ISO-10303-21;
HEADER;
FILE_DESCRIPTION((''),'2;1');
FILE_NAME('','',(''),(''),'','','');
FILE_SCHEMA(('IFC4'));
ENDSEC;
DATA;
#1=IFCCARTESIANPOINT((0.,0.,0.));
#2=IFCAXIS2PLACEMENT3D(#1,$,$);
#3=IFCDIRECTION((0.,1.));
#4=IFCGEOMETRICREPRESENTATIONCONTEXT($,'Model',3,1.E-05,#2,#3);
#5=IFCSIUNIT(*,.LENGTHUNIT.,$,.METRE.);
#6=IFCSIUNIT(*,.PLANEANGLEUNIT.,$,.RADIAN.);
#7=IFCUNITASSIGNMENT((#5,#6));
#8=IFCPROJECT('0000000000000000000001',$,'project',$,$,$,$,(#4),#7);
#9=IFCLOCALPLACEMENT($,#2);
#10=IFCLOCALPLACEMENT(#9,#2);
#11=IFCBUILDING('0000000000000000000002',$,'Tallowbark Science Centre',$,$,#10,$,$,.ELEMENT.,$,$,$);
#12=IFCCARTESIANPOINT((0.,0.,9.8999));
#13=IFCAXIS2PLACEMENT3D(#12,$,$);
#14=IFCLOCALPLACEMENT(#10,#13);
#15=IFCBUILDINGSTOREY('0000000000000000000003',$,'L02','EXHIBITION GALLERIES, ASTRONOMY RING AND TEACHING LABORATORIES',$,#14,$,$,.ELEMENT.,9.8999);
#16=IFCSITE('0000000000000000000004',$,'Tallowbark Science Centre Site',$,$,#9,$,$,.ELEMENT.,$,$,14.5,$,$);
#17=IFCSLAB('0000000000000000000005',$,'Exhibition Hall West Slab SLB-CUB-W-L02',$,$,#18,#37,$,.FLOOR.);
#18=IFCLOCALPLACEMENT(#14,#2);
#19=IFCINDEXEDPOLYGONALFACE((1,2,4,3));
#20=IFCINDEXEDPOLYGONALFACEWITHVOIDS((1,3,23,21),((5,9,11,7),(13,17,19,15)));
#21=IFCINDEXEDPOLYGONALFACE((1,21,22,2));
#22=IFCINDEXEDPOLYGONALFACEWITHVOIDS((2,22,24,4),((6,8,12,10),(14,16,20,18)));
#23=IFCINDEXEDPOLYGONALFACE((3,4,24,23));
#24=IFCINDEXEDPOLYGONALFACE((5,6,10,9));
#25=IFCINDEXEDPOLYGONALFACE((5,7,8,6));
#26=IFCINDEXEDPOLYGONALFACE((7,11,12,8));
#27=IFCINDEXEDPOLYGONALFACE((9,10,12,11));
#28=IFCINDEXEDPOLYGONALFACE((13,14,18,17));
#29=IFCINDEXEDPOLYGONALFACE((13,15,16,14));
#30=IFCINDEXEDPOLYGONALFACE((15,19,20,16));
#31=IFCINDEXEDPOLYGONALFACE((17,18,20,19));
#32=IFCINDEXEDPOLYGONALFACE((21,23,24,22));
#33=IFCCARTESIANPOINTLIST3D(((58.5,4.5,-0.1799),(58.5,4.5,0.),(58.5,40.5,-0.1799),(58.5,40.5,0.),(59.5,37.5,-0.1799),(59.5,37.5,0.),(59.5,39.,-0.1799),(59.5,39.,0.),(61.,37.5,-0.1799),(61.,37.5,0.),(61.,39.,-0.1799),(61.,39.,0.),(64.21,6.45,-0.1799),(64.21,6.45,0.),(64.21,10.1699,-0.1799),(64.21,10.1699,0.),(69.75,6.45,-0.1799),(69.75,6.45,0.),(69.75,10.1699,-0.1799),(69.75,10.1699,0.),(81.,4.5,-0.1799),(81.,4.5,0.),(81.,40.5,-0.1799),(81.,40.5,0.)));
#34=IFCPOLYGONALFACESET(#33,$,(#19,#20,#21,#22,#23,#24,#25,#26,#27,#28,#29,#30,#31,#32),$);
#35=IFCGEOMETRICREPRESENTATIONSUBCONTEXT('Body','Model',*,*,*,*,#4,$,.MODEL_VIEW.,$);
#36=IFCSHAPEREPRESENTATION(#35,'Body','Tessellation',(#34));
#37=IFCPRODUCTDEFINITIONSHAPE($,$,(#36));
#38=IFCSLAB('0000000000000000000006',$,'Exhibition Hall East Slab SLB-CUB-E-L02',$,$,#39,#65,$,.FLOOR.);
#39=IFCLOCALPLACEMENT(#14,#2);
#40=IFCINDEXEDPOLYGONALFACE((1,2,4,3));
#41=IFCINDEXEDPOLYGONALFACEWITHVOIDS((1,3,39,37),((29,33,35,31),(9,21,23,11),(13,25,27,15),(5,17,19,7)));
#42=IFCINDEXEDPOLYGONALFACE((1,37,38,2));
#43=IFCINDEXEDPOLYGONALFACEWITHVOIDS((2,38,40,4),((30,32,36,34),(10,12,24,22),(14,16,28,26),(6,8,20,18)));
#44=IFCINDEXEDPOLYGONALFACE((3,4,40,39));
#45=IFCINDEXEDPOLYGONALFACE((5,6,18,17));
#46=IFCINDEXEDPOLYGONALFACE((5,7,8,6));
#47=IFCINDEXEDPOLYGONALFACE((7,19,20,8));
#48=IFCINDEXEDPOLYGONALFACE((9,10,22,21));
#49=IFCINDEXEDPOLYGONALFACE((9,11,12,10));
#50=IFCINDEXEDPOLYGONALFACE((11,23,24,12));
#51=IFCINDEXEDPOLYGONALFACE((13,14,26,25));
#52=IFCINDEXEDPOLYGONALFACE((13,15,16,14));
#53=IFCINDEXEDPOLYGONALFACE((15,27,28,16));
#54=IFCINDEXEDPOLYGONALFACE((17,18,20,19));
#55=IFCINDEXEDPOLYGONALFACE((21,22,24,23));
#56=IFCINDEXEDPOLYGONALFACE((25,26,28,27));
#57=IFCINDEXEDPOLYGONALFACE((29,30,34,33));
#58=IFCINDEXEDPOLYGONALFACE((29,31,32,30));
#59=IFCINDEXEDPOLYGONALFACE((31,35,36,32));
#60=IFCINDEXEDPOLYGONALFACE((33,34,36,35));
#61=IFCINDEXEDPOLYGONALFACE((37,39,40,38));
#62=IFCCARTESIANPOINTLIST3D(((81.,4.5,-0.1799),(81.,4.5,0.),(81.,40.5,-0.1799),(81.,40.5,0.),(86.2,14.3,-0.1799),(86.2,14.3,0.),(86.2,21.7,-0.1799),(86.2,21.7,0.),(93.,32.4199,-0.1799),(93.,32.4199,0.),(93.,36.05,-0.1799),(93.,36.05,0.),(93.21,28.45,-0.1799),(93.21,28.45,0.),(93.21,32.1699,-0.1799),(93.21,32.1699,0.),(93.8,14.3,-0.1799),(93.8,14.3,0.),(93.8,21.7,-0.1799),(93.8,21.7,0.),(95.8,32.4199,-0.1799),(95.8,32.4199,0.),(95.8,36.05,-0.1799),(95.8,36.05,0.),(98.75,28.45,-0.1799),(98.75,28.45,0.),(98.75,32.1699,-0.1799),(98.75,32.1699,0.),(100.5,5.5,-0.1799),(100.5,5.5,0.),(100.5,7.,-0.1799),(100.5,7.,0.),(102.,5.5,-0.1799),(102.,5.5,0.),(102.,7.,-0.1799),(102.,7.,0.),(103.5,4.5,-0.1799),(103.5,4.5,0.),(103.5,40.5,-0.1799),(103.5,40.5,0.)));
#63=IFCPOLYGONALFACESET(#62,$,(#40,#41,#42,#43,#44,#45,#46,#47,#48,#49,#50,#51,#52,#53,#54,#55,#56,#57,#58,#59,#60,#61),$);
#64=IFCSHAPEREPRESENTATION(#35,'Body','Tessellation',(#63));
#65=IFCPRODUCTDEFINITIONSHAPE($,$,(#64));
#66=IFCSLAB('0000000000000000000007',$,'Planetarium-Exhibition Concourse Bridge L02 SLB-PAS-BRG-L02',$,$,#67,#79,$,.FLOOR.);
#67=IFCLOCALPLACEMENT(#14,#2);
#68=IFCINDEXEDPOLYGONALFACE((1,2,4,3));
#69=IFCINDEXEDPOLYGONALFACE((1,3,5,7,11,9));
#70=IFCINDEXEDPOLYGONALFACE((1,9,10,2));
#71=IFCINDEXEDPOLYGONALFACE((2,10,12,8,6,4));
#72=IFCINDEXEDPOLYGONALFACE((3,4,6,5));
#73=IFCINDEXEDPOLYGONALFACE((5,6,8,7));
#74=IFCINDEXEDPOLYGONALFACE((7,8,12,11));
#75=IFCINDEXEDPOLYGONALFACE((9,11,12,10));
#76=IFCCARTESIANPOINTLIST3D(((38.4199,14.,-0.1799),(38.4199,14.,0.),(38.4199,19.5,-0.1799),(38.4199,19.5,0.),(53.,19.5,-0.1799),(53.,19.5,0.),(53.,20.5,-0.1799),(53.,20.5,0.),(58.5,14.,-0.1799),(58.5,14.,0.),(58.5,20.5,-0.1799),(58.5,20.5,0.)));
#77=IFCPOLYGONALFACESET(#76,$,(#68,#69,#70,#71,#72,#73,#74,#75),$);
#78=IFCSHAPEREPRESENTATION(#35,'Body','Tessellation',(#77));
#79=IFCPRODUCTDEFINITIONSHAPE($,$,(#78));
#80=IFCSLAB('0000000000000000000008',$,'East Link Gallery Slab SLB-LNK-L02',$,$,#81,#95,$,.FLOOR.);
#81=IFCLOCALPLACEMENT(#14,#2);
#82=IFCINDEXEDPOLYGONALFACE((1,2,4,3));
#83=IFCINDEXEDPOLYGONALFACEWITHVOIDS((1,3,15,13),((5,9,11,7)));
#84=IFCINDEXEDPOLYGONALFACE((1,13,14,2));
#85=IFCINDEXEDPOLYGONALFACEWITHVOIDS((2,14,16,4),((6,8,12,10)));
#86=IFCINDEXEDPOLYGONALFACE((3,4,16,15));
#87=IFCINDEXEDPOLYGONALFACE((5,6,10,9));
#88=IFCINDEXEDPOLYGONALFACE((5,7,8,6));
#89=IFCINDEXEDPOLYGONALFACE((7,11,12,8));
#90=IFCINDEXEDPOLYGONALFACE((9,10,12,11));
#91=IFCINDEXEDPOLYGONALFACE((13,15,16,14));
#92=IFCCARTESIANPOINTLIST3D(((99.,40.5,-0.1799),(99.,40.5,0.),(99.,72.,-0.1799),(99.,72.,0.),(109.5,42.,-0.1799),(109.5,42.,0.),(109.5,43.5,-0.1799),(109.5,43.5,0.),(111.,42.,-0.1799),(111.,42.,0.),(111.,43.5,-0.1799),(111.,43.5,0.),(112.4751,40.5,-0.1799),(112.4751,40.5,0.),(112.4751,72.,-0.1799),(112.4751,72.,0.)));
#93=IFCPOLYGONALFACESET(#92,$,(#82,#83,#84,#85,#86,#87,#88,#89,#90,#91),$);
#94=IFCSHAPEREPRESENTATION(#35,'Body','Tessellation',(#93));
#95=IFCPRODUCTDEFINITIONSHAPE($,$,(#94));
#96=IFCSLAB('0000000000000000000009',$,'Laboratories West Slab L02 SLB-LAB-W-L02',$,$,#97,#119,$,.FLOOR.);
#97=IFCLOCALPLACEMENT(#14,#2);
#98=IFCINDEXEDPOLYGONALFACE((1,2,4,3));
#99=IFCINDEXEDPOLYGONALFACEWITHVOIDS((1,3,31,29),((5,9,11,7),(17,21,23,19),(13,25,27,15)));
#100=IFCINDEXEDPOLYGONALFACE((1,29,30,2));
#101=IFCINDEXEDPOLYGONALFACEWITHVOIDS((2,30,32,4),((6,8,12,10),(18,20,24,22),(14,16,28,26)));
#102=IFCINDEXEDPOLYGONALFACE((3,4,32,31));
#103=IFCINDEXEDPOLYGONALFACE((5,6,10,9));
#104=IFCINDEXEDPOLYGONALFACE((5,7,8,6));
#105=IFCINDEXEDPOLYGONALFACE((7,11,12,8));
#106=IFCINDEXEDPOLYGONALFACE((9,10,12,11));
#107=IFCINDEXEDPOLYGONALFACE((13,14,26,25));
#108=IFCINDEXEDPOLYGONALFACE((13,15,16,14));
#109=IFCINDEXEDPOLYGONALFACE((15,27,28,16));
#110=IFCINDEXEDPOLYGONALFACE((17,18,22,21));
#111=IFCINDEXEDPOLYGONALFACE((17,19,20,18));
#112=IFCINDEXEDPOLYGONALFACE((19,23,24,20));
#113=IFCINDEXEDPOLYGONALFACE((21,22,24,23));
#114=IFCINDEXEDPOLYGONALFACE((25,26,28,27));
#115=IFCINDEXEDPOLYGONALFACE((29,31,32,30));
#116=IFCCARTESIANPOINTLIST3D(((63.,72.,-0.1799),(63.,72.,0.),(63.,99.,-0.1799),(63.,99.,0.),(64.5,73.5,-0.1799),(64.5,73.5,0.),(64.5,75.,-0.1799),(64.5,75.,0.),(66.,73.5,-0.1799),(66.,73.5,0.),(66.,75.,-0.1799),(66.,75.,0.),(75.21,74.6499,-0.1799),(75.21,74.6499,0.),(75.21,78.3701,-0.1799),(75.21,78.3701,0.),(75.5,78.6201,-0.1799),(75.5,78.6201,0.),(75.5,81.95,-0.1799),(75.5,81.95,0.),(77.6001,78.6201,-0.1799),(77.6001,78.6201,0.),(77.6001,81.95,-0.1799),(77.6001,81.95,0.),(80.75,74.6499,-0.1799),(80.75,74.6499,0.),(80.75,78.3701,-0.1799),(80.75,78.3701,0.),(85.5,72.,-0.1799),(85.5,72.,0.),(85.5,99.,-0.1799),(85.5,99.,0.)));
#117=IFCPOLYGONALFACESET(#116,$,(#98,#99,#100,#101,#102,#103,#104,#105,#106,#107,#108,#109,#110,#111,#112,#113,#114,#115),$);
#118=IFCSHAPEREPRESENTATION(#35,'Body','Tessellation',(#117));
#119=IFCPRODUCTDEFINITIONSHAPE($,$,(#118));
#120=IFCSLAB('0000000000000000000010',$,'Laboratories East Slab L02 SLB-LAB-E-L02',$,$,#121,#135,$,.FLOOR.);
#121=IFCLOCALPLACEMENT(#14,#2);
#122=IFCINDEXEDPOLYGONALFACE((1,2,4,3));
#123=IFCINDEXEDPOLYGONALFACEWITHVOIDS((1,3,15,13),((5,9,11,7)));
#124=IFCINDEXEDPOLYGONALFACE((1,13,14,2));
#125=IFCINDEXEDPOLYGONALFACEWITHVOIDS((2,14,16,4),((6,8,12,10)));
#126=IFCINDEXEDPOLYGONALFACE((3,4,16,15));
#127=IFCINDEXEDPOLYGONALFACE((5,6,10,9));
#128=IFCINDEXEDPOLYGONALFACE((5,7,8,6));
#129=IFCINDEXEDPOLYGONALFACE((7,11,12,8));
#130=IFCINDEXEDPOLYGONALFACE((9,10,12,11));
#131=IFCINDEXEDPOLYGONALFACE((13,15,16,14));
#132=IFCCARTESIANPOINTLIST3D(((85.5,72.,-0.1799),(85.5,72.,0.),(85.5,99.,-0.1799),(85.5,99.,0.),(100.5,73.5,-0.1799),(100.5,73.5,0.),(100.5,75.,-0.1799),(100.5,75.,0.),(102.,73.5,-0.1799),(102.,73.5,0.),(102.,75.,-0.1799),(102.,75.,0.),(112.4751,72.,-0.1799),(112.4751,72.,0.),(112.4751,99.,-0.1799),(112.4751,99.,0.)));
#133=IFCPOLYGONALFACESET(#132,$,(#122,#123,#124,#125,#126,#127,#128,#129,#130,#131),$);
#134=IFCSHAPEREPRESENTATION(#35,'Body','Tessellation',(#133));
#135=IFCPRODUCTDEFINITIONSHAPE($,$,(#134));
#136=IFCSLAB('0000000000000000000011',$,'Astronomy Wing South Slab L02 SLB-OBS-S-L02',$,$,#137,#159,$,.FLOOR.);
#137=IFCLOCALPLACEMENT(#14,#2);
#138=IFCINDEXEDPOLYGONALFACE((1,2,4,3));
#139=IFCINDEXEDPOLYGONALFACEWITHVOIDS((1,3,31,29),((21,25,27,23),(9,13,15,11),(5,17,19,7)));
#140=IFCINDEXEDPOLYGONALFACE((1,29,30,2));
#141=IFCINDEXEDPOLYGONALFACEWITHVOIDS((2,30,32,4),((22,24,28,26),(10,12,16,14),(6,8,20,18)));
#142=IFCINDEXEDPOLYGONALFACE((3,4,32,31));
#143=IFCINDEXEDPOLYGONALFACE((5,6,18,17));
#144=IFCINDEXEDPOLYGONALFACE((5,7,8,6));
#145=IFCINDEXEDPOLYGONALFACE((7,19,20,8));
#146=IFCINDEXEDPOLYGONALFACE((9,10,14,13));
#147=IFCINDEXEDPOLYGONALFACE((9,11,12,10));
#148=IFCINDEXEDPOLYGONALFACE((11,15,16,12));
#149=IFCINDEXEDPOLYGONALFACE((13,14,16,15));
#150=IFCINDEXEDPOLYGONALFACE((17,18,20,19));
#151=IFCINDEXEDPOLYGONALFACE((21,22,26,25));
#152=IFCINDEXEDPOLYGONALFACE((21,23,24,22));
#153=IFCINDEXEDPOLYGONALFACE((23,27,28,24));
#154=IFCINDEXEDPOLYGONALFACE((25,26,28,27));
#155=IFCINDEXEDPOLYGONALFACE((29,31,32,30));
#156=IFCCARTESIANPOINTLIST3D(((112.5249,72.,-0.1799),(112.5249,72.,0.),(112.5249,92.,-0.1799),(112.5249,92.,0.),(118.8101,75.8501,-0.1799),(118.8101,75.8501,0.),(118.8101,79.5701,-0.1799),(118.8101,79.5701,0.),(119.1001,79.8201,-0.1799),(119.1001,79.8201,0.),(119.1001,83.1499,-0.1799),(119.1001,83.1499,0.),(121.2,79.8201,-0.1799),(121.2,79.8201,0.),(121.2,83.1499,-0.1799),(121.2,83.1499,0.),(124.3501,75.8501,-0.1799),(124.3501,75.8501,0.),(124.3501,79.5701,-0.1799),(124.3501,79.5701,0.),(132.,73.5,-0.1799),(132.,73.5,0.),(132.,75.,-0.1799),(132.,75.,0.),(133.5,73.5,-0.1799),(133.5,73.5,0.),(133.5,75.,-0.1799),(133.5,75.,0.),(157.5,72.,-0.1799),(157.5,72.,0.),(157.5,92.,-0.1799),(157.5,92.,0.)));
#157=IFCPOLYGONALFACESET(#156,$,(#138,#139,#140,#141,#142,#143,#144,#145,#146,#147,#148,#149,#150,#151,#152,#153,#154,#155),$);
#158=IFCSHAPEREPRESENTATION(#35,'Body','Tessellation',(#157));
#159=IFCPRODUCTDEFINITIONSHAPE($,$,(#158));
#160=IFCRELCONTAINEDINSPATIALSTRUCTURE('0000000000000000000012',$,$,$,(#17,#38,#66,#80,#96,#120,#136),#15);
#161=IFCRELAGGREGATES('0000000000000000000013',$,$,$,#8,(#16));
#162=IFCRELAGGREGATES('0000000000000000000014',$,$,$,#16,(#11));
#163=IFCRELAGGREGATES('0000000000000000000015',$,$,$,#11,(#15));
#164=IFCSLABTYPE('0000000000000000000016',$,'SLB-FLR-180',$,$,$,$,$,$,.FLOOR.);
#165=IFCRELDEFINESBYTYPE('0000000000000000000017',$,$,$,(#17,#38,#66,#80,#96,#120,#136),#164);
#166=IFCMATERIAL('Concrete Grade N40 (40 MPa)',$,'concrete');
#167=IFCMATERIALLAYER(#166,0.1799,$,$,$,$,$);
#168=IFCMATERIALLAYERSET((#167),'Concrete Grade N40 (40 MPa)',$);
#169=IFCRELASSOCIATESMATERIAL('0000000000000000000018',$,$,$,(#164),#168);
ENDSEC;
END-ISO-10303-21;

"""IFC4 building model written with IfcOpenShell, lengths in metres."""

from ifc_helpers import new_model, si_unit, direction, frame, origin, place, context, subcontext, project, spatial, polyline, outline, extrude, material, layer, layer_set, type_object, element, save


model = new_model("IFC4")

# Units and contexts
model_context = context("Model", 3, precision=1e-05, world=origin(), true_north=direction((0.0, 1.0)))
body_context = subcontext(model_context, "Body", "Model", "MODEL_VIEW")
ifc_project = project(units=[si_unit("LENGTHUNIT", "METRE"), si_unit("PLANEANGLEUNIT", "RADIAN")], contexts=[model_context])

# Site, building, storey
site_placement = place(None, origin())
site = spatial("IfcSite", under=ifc_project, at=site_placement, Name="Tallowbark Science Centre Site", CompositionType="ELEMENT", RefElevation=14.5)
building_placement = place(site_placement, origin())
building = spatial("IfcBuilding", under=site, at=building_placement, Name="Tallowbark Science Centre", CompositionType="ELEMENT")
storey_placement = place(building_placement, frame((0.0, 0.0, 9.8999)))
storey = spatial("IfcBuildingStorey", under=building, at=storey_placement, Name="L02", Description="EXHIBITION GALLERIES, ASTRONOMY RING AND TEACHING LABORATORIES", CompositionType="ELEMENT", Elevation=9.8999)

# Slabs
ifc_material_1 = material(Name="Concrete Grade N40 (40 MPa)", Category="concrete")
ifc_layer_1 = layer(ifc_material_1, 0.1799)
ifc_layer_set_1 = layer_set([ifc_layer_1], Name="Concrete Grade N40 (40 MPa)")
slab_type_1 = type_object("IfcSlabType", Name="SLB-FLR-180", PredefinedType="FLOOR", material=ifc_layer_set_1)
slab_1_placement = place(storey_placement, frame((0.0, 0.0, -0.1799)))
element("IfcSlab", 1, at=slab_1_placement, inside=storey, type_object=slab_type_1, Name="Exhibition Hall West Slab SLB-CUB-W-L02", PredefinedType="FLOOR", context=body_context, shape_type="SweptSolid", body=[
    extrude(outline(polyline([(58.5, 4.5), (81.0, 4.5), (81.0, 40.5), (58.5, 40.5), (58.5, 4.5)]), holes=[polyline([(64.21, 6.45), (69.75, 6.45), (69.75, 10.1699), (64.21, 10.1699), (64.21, 6.45)]), polyline([(59.5, 37.5), (61.0, 37.5), (61.0, 39.0), (59.5, 39.0), (59.5, 37.5)])]), origin(), (0.0, 0.0, 1.0), 0.1799),
])
slab_2_placement = place(storey_placement, frame((0.0, 0.0, -0.1799)))
element("IfcSlab", 2, at=slab_2_placement, inside=storey, type_object=slab_type_1, Name="Exhibition Hall East Slab SLB-CUB-E-L02", PredefinedType="FLOOR", context=body_context, shape_type="SweptSolid", body=[
    extrude(outline(polyline([(81.0, 4.5), (103.5, 4.5), (103.5, 40.5), (81.0, 40.5), (81.0, 4.5)]), holes=[polyline([(93.21, 28.45), (98.75, 28.45), (98.75, 32.1699), (93.21, 32.1699), (93.21, 28.45)]), polyline([(93.0, 32.4199), (95.8, 32.4199), (95.8, 36.05), (93.0, 36.05), (93.0, 32.4199)]), polyline([(100.5, 5.5), (102.0, 5.5), (102.0, 7.0), (100.5, 7.0), (100.5, 5.5)]), polyline([(86.2, 14.3), (93.8, 14.3), (93.8, 21.7), (86.2, 21.7), (86.2, 14.3)])]), origin(), (0.0, 0.0, 1.0), 0.1799),
])
slab_3_placement = place(storey_placement, frame((0.0, 0.0, -0.1799)))
element("IfcSlab", 3, at=slab_3_placement, inside=storey, type_object=slab_type_1, Name="Planetarium-Exhibition Concourse Bridge L02 SLB-PAS-BRG-L02", PredefinedType="FLOOR", context=body_context, shape_type="SweptSolid", body=[
    extrude(outline(polyline([(38.4199, 14.0), (58.5, 14.0), (58.5, 20.5), (53.0, 20.5), (53.0, 19.5), (38.4199, 19.5), (38.4199, 14.0)])), origin(), (0.0, 0.0, 1.0), 0.1799),
])
slab_4_placement = place(storey_placement, frame((0.0, 0.0, -0.1799)))
element("IfcSlab", 4, at=slab_4_placement, inside=storey, type_object=slab_type_1, Name="East Link Gallery Slab SLB-LNK-L02", PredefinedType="FLOOR", context=body_context, shape_type="SweptSolid", body=[
    extrude(outline(polyline([(99.0, 40.5), (112.4751, 40.5), (112.4751, 72.0), (99.0, 72.0), (99.0, 40.5)]), holes=[polyline([(109.5, 42.0), (111.0, 42.0), (111.0, 43.5), (109.5, 43.5), (109.5, 42.0)])]), origin(), (0.0, 0.0, 1.0), 0.1799),
])
slab_5_placement = place(storey_placement, frame((0.0, 0.0, -0.1799)))
element("IfcSlab", 5, at=slab_5_placement, inside=storey, type_object=slab_type_1, Name="Laboratories West Slab L02 SLB-LAB-W-L02", PredefinedType="FLOOR", context=body_context, shape_type="SweptSolid", body=[
    extrude(outline(polyline([(63.0, 72.0), (85.5, 72.0), (85.5, 99.0), (63.0, 99.0), (63.0, 72.0)]), holes=[polyline([(75.21, 74.6499), (80.75, 74.6499), (80.75, 78.3701), (75.21, 78.3701), (75.21, 74.6499)]), polyline([(75.5, 78.6201), (77.6001, 78.6201), (77.6001, 81.95), (75.5, 81.95), (75.5, 78.6201)]), polyline([(64.5, 73.5), (66.0, 73.5), (66.0, 75.0), (64.5, 75.0), (64.5, 73.5)])]), origin(), (0.0, 0.0, 1.0), 0.1799),
])
slab_6_placement = place(storey_placement, frame((0.0, 0.0, -0.1799)))
element("IfcSlab", 6, at=slab_6_placement, inside=storey, type_object=slab_type_1, Name="Laboratories East Slab L02 SLB-LAB-E-L02", PredefinedType="FLOOR", context=body_context, shape_type="SweptSolid", body=[
    extrude(outline(polyline([(85.5, 72.0), (112.4751, 72.0), (112.4751, 99.0), (85.5, 99.0), (85.5, 72.0)]), holes=[polyline([(100.5, 73.5), (102.0, 73.5), (102.0, 75.0), (100.5, 75.0), (100.5, 73.5)])]), origin(), (0.0, 0.0, 1.0), 0.1799),
])
slab_7_placement = place(storey_placement, frame((0.0, 0.0, -0.1799)))
element("IfcSlab", 7, at=slab_7_placement, inside=storey, type_object=slab_type_1, Name="Astronomy Wing South Slab L02 SLB-OBS-S-L02", PredefinedType="FLOOR", context=body_context, shape_type="SweptSolid", body=[
    extrude(outline(polyline([(112.5249, 72.0), (157.5, 72.0), (157.5, 92.0), (112.5249, 92.0), (112.5249, 72.0)]), holes=[polyline([(118.8101, 75.8501), (124.3501, 75.8501), (124.3501, 79.5701), (118.8101, 79.5701), (118.8101, 75.8501)]), polyline([(119.1001, 79.8201), (121.2, 79.8201), (121.2, 83.1499), (119.1001, 83.1499), (119.1001, 79.8201)]), polyline([(132.0, 73.5), (133.5, 73.5), (133.5, 75.0), (132.0, 75.0), (132.0, 73.5)])]), origin(), (0.0, 0.0, 1.0), 0.1799),
])

save(model, "model.ifc")
